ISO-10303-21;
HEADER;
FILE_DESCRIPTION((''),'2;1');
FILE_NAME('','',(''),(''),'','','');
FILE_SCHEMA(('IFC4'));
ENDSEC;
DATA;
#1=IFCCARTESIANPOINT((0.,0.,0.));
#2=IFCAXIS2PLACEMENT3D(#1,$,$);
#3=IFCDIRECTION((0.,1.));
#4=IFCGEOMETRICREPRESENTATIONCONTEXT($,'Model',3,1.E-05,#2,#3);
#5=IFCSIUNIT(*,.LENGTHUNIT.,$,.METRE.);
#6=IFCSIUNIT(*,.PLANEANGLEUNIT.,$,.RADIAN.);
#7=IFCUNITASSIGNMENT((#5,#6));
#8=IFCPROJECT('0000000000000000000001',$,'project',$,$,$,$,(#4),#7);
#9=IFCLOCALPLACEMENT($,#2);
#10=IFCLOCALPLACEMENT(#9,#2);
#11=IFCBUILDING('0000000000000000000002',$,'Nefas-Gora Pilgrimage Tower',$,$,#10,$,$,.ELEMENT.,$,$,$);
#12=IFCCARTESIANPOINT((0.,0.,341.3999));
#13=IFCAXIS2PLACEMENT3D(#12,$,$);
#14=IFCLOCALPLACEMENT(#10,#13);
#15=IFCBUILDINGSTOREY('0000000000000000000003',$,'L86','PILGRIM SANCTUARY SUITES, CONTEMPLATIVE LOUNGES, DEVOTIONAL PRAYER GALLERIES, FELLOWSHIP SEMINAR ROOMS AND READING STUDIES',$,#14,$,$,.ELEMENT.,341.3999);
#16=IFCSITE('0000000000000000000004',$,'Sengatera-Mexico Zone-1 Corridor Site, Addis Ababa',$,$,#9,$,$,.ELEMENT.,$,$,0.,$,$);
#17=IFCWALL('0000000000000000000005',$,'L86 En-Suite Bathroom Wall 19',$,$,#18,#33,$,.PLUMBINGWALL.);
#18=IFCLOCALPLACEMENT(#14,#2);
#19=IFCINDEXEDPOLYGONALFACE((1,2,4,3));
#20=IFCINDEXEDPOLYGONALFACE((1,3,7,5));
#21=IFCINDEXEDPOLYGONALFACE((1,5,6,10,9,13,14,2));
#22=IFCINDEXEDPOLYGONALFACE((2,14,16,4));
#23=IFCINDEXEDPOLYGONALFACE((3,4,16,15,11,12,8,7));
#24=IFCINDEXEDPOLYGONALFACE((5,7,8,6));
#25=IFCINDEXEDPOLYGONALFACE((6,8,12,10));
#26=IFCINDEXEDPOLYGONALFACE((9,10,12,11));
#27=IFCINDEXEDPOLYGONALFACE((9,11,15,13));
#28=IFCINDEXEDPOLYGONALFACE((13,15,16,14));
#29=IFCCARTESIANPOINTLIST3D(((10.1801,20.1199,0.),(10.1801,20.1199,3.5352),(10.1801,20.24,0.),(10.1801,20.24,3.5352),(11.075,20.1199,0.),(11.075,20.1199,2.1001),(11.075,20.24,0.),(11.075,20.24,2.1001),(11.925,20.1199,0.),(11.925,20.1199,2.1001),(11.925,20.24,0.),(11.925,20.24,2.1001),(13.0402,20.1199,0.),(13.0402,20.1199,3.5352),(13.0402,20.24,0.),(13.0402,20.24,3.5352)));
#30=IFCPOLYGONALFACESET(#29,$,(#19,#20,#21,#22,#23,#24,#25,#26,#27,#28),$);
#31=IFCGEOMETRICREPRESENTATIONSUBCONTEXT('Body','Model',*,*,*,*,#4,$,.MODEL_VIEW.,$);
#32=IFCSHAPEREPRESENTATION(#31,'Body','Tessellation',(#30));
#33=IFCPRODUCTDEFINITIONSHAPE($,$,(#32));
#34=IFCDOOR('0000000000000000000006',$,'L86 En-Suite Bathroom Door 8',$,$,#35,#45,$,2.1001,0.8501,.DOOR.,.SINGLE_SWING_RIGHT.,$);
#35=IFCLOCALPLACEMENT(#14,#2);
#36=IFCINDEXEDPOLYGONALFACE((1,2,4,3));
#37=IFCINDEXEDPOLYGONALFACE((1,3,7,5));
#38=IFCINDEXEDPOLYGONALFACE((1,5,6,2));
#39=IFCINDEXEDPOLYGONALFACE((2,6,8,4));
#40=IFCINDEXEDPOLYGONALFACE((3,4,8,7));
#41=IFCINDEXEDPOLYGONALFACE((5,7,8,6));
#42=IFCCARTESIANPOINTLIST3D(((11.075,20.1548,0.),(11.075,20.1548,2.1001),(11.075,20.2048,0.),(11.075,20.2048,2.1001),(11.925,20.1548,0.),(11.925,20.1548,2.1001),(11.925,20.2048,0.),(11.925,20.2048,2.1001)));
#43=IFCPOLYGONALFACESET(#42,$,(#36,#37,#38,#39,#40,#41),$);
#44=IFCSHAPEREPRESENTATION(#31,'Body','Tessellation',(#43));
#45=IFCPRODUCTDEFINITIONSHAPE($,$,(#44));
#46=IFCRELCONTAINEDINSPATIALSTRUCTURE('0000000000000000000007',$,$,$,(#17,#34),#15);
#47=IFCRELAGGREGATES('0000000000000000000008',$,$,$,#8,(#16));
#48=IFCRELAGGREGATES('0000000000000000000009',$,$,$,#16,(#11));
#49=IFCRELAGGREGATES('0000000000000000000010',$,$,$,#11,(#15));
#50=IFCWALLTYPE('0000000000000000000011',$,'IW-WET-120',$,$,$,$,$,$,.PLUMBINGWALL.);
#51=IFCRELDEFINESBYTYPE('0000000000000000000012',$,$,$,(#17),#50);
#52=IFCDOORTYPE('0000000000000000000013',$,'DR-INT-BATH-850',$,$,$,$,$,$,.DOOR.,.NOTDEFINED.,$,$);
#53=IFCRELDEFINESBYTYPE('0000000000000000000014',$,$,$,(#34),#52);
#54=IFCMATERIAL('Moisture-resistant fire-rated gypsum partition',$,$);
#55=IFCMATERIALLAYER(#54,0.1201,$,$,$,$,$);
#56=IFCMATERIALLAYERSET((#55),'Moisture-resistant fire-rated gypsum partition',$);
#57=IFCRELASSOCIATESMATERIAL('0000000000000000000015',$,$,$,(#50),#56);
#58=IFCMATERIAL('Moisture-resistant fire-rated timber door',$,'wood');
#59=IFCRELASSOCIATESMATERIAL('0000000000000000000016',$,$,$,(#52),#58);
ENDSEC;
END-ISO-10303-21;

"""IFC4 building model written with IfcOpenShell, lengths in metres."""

from ifc_helpers import new_model, si_unit, direction, frame, frame_2d, origin, place, context, subcontext, project, spatial, rectangle, extrude, source, transform, mapped, material, layer, layer_set, type_object, element, fill, save


model = new_model("IFC4")

# Units and contexts
model_context = context("Model", 3, precision=1e-05, world=origin(), true_north=direction((0.0, 1.0)))
body_context = subcontext(model_context, "Body", "Model", "MODEL_VIEW")
ifc_project = project(units=[si_unit("LENGTHUNIT", "METRE"), si_unit("PLANEANGLEUNIT", "RADIAN")], contexts=[model_context])

# Site, building, storey
site_placement = place(None, origin())
site = spatial("IfcSite", under=ifc_project, at=site_placement, Name="Sengatera-Mexico Zone-1 Corridor Site, Addis Ababa", CompositionType="ELEMENT", RefElevation=0.0)
building_placement = place(site_placement, origin())
building = spatial("IfcBuilding", under=site, at=building_placement, Name="Nefas-Gora Pilgrimage Tower", CompositionType="ELEMENT")
storey_placement = place(building_placement, frame((0.0, 0.0, 341.3999)))
storey = spatial("IfcBuildingStorey", under=building, at=storey_placement, Name="L86", Description="PILGRIM SANCTUARY SUITES, CONTEMPLATIVE LOUNGES, DEVOTIONAL PRAYER GALLERIES, FELLOWSHIP SEMINAR ROOMS AND READING STUDIES", CompositionType="ELEMENT", Elevation=341.3999)

# Shared definitions
ifc_material_1 = material(Name="Moisture-resistant fire-rated gypsum partition")
ifc_layer_1 = layer(ifc_material_1, 0.1201)
ifc_layer_set_1 = layer_set([ifc_layer_1], Name="Moisture-resistant fire-rated gypsum partition")
wall_type_1 = type_object("IfcWallType", Name="IW-WET-120", PredefinedType="PLUMBINGWALL", material=ifc_layer_set_1)

# Wall, opening, door
shared_shape_1 = source(origin(), body_context, "Body", "SweptSolid", [
    extrude(rectangle(XDim=2.8601, YDim=0.1201, at=frame_2d((1.4302, 0.0))), origin(), (0.0, 0.0, 1.0), 3.5352),
])
wall_1_placement = place(storey_placement, frame((10.1799, 20.1799, 0.0), z_axis=(0.0, 0.0, 1.0), x_axis=(1.0, 0.0, 0.0)))
wall_1 = element("IfcWall", 1, at=wall_1_placement, inside=storey, type_object=wall_type_1, Name="L86 En-Suite Bathroom Wall 19", PredefinedType="PLUMBINGWALL", context=body_context, shape_type="MappedRepresentation", body=[
    mapped(shared_shape_1, transform((0.0, 0.0, 0.0), x_axis=(1.0, 0.0, 0.0), y_axis=(0.0, 1.0, 0.0), z_axis=(0.0, 0.0, 1.0), scale=1.0)),
])
opening_1_placement = place(wall_1_placement, frame((0.895, 0.0, 0.0)))
opening_1 = element("IfcOpeningElement", 2, at=opening_1_placement, cuts=wall_1, PredefinedType="OPENING", context=body_context, shape_type="SweptSolid", body=[
    extrude(rectangle(XDim=0.8501, YDim=2.1001, at=frame_2d((0.425, 1.05))), frame((0.0, 0.0701, 0.0), z_axis=(0.0, -1.0, 0.0), x_axis=(1.0, 0.0, 0.0)), (0.0, 0.0, 1.0), 0.1401),
])
ifc_material_2 = material(Name="Moisture-resistant fire-rated timber door", Category="wood")
door_type = type_object("IfcDoorType", Name="DR-INT-BATH-850", OperationType="NOTDEFINED", PredefinedType="DOOR", material=ifc_material_2)
shared_shape_2 = source(origin(), body_context, "Body", "SweptSolid", [
    extrude(rectangle(XDim=0.8501, YDim=2.1001, at=frame_2d((0.425, 1.05))), frame((0.0, 0.0249, 0.0), z_axis=(0.0, -1.0, 0.0), x_axis=(1.0, 0.0, 0.0)), (0.0, 0.0, 1.0), 0.05),
])
door_placement = place(opening_1_placement, origin())
door = element("IfcDoor", 3, at=door_placement, inside=storey, type_object=door_type, Name="L86 En-Suite Bathroom Door 8", OperationType="SINGLE_SWING_RIGHT", OverallHeight=2.1001, OverallWidth=0.8501, PredefinedType="DOOR", context=body_context, shape_type="MappedRepresentation", body=[
    mapped(shared_shape_2, transform((0.0, 0.0, 0.0), x_axis=(1.0, 0.0, 0.0), y_axis=(0.0, 1.0, 0.0), z_axis=(0.0, 0.0, 1.0), scale=1.0)),
])
fill(opening_1, door)

save(model, "model.ifc")
